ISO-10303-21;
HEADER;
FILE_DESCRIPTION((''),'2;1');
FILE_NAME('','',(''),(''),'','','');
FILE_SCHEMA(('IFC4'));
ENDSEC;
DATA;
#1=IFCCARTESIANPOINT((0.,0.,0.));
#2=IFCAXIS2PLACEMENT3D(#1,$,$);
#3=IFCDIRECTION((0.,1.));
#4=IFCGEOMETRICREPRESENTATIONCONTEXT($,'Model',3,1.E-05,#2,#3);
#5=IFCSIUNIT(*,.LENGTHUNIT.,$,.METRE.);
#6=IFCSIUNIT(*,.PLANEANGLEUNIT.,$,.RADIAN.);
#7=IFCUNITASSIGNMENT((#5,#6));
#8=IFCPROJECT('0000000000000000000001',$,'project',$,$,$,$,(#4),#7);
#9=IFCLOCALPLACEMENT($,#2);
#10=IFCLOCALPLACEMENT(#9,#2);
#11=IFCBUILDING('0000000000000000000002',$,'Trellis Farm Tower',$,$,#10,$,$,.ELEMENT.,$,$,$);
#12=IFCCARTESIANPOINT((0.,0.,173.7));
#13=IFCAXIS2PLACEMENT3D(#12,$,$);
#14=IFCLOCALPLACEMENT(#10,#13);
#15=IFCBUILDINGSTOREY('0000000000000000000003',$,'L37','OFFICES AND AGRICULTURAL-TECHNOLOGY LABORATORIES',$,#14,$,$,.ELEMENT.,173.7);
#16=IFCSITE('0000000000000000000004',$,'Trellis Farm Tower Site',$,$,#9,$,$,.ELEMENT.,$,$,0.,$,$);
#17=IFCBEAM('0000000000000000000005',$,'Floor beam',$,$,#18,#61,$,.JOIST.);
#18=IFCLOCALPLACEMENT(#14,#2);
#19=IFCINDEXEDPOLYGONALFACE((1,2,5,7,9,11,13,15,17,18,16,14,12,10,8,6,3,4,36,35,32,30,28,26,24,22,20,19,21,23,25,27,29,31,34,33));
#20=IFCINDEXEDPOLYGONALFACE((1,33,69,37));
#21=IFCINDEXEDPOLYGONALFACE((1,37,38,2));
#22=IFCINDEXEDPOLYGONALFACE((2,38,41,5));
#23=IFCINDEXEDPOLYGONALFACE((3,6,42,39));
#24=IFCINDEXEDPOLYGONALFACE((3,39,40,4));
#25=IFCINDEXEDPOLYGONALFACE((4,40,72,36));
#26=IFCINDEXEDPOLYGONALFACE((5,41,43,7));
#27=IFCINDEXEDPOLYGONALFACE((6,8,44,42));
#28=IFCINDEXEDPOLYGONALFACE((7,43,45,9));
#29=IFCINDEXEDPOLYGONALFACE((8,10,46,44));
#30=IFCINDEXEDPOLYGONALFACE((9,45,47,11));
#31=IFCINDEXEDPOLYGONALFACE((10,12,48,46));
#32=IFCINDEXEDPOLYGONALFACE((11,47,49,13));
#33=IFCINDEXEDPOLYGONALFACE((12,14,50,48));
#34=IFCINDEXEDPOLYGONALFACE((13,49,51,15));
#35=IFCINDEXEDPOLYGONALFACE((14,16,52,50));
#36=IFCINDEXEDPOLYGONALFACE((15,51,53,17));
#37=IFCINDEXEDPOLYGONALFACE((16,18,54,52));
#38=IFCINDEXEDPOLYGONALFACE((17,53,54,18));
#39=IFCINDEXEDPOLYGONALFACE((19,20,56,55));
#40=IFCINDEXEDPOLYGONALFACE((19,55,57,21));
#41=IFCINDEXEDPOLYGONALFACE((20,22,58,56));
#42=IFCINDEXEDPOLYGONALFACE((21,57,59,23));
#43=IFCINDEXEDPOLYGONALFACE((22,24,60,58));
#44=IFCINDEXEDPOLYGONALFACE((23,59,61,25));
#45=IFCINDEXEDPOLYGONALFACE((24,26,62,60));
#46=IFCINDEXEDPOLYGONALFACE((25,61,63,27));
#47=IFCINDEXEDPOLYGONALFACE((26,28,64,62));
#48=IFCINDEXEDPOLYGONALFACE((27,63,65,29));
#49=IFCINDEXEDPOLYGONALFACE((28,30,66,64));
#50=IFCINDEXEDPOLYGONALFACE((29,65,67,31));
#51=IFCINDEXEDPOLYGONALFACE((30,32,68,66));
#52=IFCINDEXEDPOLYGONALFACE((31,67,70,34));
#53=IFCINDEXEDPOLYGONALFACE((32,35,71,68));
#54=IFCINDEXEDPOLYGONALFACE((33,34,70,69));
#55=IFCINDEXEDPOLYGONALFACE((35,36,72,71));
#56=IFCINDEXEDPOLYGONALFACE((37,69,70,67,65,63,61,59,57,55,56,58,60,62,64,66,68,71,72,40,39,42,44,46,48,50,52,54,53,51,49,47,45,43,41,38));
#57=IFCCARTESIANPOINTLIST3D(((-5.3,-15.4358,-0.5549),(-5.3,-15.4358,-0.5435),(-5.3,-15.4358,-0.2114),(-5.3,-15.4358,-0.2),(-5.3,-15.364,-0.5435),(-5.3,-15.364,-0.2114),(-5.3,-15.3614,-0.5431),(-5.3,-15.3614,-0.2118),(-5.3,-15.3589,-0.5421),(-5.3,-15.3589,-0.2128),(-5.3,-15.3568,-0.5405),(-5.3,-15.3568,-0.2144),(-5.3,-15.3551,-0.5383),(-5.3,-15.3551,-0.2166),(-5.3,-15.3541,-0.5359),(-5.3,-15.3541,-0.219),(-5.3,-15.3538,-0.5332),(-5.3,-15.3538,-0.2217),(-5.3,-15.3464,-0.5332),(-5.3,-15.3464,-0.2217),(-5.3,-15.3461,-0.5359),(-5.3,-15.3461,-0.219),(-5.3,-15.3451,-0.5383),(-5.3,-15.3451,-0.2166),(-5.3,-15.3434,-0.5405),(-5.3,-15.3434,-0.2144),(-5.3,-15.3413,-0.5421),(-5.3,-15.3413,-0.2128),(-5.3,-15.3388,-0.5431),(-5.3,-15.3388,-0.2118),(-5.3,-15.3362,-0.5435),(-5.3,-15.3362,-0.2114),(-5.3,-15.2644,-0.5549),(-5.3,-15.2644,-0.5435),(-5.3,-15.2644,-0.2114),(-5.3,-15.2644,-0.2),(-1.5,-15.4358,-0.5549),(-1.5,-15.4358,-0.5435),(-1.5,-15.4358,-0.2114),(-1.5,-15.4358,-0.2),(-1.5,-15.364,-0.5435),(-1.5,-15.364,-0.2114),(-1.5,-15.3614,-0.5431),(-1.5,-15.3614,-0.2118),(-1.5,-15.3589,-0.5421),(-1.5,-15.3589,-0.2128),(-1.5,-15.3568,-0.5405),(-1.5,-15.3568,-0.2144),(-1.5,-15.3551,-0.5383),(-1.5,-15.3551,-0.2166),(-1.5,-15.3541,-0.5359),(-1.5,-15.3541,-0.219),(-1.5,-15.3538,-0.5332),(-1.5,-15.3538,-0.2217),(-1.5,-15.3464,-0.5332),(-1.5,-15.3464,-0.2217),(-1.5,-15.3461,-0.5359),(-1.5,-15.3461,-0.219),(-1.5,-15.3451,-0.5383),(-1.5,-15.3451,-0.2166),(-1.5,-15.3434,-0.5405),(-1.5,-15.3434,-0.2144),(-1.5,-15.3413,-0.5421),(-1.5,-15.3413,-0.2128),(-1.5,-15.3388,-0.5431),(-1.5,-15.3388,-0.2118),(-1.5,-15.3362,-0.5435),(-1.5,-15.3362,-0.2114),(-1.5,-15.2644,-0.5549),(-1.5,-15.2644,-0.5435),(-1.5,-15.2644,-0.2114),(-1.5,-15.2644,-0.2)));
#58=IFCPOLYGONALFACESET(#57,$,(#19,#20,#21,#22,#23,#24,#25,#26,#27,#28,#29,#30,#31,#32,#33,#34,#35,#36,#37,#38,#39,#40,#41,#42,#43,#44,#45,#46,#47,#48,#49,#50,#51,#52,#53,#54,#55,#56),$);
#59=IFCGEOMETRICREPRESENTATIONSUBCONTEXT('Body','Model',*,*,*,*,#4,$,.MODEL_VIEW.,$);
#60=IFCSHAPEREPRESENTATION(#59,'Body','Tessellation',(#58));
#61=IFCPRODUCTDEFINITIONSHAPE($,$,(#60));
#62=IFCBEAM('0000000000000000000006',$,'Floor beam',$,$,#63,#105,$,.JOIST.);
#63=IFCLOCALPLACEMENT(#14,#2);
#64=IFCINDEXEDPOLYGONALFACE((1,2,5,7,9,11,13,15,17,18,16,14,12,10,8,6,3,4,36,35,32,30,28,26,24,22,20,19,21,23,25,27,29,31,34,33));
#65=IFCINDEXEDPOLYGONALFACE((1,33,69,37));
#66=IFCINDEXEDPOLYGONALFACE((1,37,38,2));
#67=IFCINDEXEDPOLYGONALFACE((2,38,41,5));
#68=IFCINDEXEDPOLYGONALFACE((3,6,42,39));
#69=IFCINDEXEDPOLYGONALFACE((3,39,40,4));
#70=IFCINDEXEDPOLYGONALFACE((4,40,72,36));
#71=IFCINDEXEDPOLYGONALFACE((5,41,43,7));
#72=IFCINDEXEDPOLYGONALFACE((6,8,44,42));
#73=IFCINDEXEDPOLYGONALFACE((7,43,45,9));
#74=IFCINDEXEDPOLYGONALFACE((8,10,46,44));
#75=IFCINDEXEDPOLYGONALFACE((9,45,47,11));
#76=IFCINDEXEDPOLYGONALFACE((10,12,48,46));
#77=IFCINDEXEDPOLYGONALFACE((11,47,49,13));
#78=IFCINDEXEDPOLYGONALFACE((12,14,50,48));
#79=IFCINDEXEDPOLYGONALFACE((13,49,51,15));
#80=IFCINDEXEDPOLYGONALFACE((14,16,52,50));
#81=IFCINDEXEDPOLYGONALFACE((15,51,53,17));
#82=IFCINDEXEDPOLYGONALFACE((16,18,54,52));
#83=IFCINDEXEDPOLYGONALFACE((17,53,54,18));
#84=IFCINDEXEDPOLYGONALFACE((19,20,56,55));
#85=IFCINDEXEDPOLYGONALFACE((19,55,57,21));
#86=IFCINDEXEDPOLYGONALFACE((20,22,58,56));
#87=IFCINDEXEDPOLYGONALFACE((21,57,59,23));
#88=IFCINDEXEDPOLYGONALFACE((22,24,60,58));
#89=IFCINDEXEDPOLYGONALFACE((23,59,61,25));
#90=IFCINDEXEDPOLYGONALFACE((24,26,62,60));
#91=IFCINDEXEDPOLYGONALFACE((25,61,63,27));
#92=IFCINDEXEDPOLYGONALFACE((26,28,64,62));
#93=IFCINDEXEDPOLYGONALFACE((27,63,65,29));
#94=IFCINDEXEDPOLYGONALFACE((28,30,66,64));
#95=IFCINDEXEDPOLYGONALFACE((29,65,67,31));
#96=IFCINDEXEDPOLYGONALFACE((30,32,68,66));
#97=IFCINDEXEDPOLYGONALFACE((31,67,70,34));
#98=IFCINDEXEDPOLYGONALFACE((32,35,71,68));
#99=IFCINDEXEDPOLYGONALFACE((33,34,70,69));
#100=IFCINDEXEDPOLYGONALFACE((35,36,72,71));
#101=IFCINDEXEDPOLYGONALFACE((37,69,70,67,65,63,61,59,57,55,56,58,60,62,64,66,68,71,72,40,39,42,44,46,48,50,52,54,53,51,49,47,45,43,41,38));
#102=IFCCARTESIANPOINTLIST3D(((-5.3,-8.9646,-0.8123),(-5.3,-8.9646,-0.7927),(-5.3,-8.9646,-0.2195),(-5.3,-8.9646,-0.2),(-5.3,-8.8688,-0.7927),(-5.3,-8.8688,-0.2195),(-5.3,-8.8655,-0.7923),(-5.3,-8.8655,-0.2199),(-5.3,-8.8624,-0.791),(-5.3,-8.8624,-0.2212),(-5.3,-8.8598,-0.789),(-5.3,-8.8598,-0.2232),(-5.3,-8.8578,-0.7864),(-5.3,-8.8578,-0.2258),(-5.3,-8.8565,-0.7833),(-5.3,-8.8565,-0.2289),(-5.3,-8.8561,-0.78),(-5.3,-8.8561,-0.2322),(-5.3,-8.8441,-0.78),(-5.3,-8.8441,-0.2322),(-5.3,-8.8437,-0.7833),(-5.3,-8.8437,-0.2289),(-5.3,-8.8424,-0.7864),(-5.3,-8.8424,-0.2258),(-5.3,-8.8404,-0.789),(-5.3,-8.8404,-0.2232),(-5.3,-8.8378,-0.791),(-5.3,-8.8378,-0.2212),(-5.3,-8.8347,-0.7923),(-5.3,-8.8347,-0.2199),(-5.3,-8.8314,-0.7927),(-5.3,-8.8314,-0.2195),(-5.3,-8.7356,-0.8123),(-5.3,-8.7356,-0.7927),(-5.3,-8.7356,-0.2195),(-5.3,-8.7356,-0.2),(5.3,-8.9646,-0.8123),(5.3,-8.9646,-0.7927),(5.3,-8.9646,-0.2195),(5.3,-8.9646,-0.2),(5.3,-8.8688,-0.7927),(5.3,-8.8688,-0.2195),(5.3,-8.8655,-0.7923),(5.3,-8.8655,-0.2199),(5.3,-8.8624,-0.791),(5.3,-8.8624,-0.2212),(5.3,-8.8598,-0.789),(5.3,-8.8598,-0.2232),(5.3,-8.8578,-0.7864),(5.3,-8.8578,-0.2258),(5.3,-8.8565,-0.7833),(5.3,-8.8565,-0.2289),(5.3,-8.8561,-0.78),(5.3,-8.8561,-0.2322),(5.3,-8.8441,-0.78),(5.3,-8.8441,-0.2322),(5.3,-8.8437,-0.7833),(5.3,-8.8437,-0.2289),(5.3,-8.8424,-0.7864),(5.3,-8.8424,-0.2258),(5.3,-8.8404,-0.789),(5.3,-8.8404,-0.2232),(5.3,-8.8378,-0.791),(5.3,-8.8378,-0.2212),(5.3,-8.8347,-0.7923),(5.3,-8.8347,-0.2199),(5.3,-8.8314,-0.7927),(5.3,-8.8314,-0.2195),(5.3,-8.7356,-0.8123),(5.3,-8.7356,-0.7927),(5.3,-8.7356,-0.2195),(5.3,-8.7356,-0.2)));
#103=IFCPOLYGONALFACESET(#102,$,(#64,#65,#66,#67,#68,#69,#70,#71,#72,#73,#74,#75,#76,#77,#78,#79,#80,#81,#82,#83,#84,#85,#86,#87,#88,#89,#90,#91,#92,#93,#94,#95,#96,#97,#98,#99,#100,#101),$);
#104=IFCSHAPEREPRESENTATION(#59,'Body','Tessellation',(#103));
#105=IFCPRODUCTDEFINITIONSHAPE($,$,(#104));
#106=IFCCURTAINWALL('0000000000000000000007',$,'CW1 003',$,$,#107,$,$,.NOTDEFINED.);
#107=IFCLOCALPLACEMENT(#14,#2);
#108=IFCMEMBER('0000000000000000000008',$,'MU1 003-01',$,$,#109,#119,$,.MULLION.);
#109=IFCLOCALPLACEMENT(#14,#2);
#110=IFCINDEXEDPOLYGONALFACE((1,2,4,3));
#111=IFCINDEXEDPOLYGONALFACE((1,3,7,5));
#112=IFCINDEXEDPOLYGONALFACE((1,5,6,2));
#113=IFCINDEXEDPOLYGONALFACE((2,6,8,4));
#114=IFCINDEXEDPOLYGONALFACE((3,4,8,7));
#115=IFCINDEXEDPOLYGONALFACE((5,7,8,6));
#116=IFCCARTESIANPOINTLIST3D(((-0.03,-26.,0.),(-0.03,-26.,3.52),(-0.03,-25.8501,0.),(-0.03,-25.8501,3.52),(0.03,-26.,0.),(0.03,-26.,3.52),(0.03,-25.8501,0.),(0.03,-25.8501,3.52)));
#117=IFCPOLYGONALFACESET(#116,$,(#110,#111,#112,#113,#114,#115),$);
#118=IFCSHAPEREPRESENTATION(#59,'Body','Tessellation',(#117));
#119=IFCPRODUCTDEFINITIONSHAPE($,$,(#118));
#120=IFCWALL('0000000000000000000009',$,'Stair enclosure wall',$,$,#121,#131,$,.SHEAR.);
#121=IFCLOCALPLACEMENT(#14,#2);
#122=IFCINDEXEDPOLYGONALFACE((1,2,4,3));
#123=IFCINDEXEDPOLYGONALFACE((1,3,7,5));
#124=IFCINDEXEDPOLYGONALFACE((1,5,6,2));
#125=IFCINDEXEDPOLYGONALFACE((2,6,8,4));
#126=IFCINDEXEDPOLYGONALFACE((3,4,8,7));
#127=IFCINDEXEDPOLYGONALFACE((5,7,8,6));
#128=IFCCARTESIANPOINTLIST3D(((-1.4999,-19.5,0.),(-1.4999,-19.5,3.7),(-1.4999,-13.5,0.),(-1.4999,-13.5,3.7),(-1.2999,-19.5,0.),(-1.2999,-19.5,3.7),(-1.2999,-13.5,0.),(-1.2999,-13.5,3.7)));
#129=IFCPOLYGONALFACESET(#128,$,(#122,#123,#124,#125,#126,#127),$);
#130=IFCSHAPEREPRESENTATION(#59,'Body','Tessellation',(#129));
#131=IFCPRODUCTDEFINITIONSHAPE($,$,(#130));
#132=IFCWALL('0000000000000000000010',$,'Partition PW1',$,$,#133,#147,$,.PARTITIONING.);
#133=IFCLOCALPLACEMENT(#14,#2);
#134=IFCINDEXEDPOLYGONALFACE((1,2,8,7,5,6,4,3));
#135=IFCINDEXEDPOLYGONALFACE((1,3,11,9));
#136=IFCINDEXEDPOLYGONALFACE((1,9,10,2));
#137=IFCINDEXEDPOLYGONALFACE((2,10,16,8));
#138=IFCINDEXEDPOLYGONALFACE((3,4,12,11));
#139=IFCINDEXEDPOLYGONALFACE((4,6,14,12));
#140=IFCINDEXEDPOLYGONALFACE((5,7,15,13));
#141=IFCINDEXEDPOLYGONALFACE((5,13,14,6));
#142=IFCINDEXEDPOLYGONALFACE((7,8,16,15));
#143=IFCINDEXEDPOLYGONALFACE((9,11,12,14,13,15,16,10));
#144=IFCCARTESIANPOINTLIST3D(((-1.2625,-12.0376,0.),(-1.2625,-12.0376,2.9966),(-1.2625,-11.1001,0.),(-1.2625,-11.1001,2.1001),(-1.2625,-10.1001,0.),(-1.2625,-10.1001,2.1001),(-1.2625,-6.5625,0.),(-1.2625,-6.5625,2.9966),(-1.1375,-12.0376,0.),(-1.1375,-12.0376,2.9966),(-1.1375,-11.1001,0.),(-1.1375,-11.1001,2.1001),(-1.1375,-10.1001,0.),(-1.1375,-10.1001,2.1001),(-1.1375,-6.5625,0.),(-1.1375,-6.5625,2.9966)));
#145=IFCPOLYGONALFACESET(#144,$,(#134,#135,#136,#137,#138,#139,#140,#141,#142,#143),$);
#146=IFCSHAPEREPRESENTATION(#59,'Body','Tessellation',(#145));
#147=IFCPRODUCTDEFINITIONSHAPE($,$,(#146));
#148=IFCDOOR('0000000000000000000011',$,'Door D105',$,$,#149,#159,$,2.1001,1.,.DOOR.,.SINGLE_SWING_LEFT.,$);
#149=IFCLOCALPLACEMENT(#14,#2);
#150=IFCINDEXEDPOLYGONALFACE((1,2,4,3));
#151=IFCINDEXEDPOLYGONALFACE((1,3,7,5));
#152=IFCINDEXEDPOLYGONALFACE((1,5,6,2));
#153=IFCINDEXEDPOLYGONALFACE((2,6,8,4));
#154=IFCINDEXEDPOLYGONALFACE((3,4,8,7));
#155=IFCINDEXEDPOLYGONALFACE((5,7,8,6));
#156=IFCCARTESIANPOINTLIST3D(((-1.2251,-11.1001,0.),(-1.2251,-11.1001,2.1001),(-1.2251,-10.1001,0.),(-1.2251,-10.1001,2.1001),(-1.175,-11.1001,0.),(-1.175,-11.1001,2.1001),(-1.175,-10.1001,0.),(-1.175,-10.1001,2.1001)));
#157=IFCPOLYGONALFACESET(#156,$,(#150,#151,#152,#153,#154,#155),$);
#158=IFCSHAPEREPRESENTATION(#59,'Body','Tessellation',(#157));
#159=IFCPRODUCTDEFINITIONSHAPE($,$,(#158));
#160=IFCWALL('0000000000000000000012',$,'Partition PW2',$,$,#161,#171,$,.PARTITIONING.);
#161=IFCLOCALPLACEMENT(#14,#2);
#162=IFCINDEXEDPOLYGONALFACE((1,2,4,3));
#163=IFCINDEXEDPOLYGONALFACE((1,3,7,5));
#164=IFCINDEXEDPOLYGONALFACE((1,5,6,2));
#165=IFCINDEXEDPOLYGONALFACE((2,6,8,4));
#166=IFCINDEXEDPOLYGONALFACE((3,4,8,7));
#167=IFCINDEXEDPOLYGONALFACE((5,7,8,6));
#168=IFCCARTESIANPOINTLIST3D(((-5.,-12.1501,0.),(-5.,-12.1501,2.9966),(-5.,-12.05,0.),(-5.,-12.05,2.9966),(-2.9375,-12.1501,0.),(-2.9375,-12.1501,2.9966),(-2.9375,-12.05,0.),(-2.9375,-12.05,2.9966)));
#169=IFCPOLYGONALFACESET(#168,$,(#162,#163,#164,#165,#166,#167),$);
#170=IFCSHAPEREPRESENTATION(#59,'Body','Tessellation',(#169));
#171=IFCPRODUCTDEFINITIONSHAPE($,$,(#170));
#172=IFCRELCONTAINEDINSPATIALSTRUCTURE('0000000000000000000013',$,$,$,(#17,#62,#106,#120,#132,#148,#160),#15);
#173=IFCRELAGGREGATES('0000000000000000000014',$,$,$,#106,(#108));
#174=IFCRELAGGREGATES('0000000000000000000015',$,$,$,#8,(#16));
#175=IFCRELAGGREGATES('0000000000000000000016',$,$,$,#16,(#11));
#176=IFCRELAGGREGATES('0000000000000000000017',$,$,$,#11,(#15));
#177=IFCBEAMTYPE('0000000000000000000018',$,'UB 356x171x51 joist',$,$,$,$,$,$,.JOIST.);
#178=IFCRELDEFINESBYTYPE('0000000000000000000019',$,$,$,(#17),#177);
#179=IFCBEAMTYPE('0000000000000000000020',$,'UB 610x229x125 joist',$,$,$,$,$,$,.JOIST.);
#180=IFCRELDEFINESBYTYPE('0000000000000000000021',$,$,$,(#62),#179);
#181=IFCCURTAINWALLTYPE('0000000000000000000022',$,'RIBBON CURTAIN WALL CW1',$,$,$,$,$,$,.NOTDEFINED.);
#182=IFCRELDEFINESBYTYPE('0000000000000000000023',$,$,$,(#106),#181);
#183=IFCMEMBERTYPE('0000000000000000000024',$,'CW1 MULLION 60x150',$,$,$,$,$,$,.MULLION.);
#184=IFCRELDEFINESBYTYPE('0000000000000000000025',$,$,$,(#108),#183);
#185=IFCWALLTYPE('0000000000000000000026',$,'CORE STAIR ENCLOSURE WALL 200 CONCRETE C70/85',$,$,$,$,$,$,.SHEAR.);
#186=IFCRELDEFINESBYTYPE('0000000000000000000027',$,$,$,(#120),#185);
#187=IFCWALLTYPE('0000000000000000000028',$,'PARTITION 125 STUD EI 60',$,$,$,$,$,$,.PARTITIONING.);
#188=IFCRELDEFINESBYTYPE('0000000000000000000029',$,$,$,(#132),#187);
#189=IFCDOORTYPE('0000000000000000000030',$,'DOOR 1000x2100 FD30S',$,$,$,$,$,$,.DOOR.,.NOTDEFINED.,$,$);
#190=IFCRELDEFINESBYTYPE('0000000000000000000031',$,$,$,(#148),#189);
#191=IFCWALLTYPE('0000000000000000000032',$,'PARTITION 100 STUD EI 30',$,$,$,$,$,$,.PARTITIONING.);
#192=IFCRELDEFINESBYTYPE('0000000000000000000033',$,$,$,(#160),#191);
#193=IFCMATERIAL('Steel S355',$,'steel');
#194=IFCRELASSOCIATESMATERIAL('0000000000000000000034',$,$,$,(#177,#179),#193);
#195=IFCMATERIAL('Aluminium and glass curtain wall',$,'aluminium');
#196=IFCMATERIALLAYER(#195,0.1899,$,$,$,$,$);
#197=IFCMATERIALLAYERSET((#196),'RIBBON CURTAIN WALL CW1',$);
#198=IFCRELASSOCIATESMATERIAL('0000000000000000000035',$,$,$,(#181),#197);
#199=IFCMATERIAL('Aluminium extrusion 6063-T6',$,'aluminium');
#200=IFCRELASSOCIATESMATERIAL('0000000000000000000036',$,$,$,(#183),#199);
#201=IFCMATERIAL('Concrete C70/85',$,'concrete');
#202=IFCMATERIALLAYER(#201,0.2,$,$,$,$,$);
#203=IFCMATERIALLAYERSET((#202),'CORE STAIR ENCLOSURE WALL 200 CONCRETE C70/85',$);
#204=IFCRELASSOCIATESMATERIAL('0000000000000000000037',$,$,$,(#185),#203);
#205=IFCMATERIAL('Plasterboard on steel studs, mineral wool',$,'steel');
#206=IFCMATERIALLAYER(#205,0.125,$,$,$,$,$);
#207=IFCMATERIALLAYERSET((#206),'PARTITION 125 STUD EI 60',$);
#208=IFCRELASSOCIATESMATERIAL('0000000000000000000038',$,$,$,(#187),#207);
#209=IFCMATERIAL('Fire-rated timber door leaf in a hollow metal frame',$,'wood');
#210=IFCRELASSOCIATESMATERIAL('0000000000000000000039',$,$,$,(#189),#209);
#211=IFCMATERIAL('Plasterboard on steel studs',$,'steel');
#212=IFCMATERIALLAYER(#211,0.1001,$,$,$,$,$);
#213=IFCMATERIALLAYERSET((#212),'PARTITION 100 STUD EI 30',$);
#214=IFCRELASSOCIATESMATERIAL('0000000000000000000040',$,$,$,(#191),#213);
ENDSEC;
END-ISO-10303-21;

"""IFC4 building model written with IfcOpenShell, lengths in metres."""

from ifc_helpers import new_model, si_unit, direction, frame, frame_2d, origin, origin_2d, place, context, subcontext, project, spatial, rectangle, i_section, extrude, source, transform, mapped, material, layer, layer_set, material_profile, profile_set, type_object, element, fill, aggregate, save


model = new_model("IFC4")

# Units and contexts
model_context = context("Model", 3, precision=1e-05, world=origin(), true_north=direction((0.0, 1.0)))
body_context = subcontext(model_context, "Body", "Model", "MODEL_VIEW")
ifc_project = project(units=[si_unit("LENGTHUNIT", "METRE"), si_unit("PLANEANGLEUNIT", "RADIAN")], contexts=[model_context])

# Site, building, storey
site_placement = place(None, origin())
site = spatial("IfcSite", under=ifc_project, at=site_placement, Name="Trellis Farm Tower Site", CompositionType="ELEMENT", RefElevation=0.0)
building_placement = place(site_placement, origin())
building = spatial("IfcBuilding", under=site, at=building_placement, Name="Trellis Farm Tower", CompositionType="ELEMENT")
storey_placement = place(building_placement, frame((0.0, 0.0, 173.7)))
storey = spatial("IfcBuildingStorey", under=building, at=storey_placement, Name="L37", Description="OFFICES AND AGRICULTURAL-TECHNOLOGY LABORATORIES", CompositionType="ELEMENT", Elevation=173.7)

# Shared definitions
ifc_material_1 = material(Name="Concrete C70/85", Category="concrete")

# Beams
ifc_material_2 = material(Name="Steel S355", Category="steel")
ifc_material_profile_1 = material_profile(ifc_material_2, i_section(OverallWidth=0.1714, OverallDepth=0.355, WebThickness=0.0073, FlangeThickness=0.0115, FilletRadius=0.0103, at=origin_2d()), Name="UB 356x171x51")
ifc_profile_set_1 = profile_set([ifc_material_profile_1], Name="Steel S355")
beam_type_1 = type_object("IfcBeamType", Name="UB 356x171x51 joist", PredefinedType="JOIST", material=ifc_profile_set_1)
shared_shape_1 = source(origin(), body_context, "Body", "SweptSolid", [
    extrude(i_section(OverallWidth=0.1714, OverallDepth=0.355, WebThickness=0.0073, FlangeThickness=0.0115, FilletRadius=0.0103, at=origin_2d()), origin(), (0.0, 0.0, 1.0), 3.8),
])
beam_1_placement = place(storey_placement, frame((-5.3, -15.3501, -0.3774), z_axis=(1.0, 0.0, 0.0), x_axis=(0.0, 1.0, 0.0)))
element("IfcBeam", 1, at=beam_1_placement, inside=storey, type_object=beam_type_1, Name="Floor beam", PredefinedType="JOIST", context=body_context, shape_type="MappedRepresentation", body=[
    mapped(shared_shape_1, transform((0.0, 0.0, 0.0))),
])
ifc_material_profile_2 = material_profile(ifc_material_2, i_section(OverallWidth=0.229, OverallDepth=0.6123, WebThickness=0.012, FlangeThickness=0.0195, FilletRadius=0.0127, at=origin_2d()), Name="UB 610x229x125")
ifc_profile_set_2 = profile_set([ifc_material_profile_2], Name="Steel S355")
beam_type_2 = type_object("IfcBeamType", Name="UB 610x229x125 joist", PredefinedType="JOIST", material=ifc_profile_set_2)
shared_shape_2 = source(origin(), body_context, "Body", "SweptSolid", [
    extrude(i_section(OverallWidth=0.229, OverallDepth=0.6123, WebThickness=0.012, FlangeThickness=0.0195, FilletRadius=0.0127, at=origin_2d()), origin(), (0.0, 0.0, 1.0), 10.6001),
])
beam_2_placement = place(storey_placement, frame((-5.3, -8.8501, -0.5061), z_axis=(1.0, 0.0, 0.0), x_axis=(0.0, 1.0, 0.0)))
element("IfcBeam", 2, at=beam_2_placement, inside=storey, type_object=beam_type_2, Name="Floor beam", PredefinedType="JOIST", context=body_context, shape_type="MappedRepresentation", body=[
    mapped(shared_shape_2, transform((0.0, 0.0, 0.0))),
])

# Curtain wall, member
ifc_material_3 = material(Name="Aluminium and glass curtain wall", Category="aluminium")
ifc_layer_1 = layer(ifc_material_3, 0.1899)
ifc_layer_set_1 = layer_set([ifc_layer_1], Name="RIBBON CURTAIN WALL CW1")
curtain_wall_type = type_object("IfcCurtainWallType", Name="RIBBON CURTAIN WALL CW1", PredefinedType="NOTDEFINED", material=ifc_layer_set_1)
placement = place(storey_placement, origin())
curtain_wall = element("IfcCurtainWall", 3, at=placement, inside=storey, type_object=curtain_wall_type, Name="CW1 003", PredefinedType="NOTDEFINED")
ifc_material_4 = material(Name="Aluminium extrusion 6063-T6", Category="aluminium")
ifc_material_profile_3 = material_profile(ifc_material_4, rectangle(XDim=0.0601, YDim=0.1499, at=origin_2d()), Name="MULLION 60x150")
ifc_profile_set_3 = profile_set([ifc_material_profile_3], Name="Aluminium extrusion 6063-T6")
member_type = type_object("IfcMemberType", Name="CW1 MULLION 60x150", PredefinedType="MULLION", material=ifc_profile_set_3)
shared_shape_3 = source(origin(), body_context, "Body", "SweptSolid", [
    extrude(rectangle(XDim=0.0601, YDim=0.1499, at=origin_2d()), origin(), (0.0, 0.0, 1.0), 3.52),
])
member_placement = place(storey_placement, frame((0.0, -25.925, 0.0), z_axis=(0.0, 0.0, 1.0), x_axis=(1.0, 0.0, 0.0)))
member = element("IfcMember", 4, at=member_placement, type_object=member_type, Name="MU1 003-01", PredefinedType="MULLION", context=body_context, shape_type="MappedRepresentation", body=[
    mapped(shared_shape_3, transform((0.0, 0.0, 0.0))),
])
aggregate(curtain_wall, [member])

# Wall
ifc_layer_2 = layer(ifc_material_1, 0.2)
ifc_layer_set_2 = layer_set([ifc_layer_2], Name="CORE STAIR ENCLOSURE WALL 200 CONCRETE C70/85")
wall_type_1 = type_object("IfcWallType", Name="CORE STAIR ENCLOSURE WALL 200 CONCRETE C70/85", PredefinedType="SHEAR", material=ifc_layer_set_2)
shared_shape_4 = source(origin(), body_context, "Body", "SweptSolid", [
    extrude(rectangle(XDim=6.0, YDim=0.2, at=frame_2d((3.0, 0.0))), origin(), (0.0, 0.0, 1.0), 3.7),
])
wall_1_placement = place(storey_placement, frame((-1.3999, -13.5, 0.0), z_axis=(0.0, 0.0, 1.0), x_axis=(0.0, -1.0, 0.0)))
element("IfcWall", 5, at=wall_1_placement, inside=storey, type_object=wall_type_1, Name="Stair enclosure wall", PredefinedType="SHEAR", context=body_context, shape_type="MappedRepresentation", body=[
    mapped(shared_shape_4, transform((0.0, 0.0, 0.0))),
])

# Wall, opening, door
ifc_material_5 = material(Name="Plasterboard on steel studs, mineral wool", Category="steel")
ifc_layer_3 = layer(ifc_material_5, 0.125)
ifc_layer_set_3 = layer_set([ifc_layer_3], Name="PARTITION 125 STUD EI 60")
wall_type_2 = type_object("IfcWallType", Name="PARTITION 125 STUD EI 60", PredefinedType="PARTITIONING", material=ifc_layer_set_3)
shared_shape_5 = source(origin(), body_context, "Body", "SweptSolid", [
    extrude(rectangle(XDim=5.4751, YDim=0.125, at=frame_2d((2.7375, 0.0))), origin(), (0.0, 0.0, 1.0), 2.9966),
])
wall_2_placement = place(storey_placement, frame((-1.2, -6.5625, 0.0), z_axis=(0.0, 0.0, 1.0), x_axis=(0.0, -1.0, 0.0)))
wall_2 = element("IfcWall", 6, at=wall_2_placement, inside=storey, type_object=wall_type_2, Name="Partition PW1", PredefinedType="PARTITIONING", context=body_context, shape_type="MappedRepresentation", body=[
    mapped(shared_shape_5, transform((0.0, 0.0, 0.0))),
])
shared_shape_6 = source(origin(), body_context, "Body", "SweptSolid", [
    extrude(rectangle(XDim=1.0, YDim=2.1001, at=frame_2d((0.5, 1.05))), frame((0.0, 0.0725, 0.0), z_axis=(0.0, -1.0, 0.0), x_axis=(1.0, 0.0, 0.0)), (0.0, 0.0, 1.0), 0.145),
])
opening_1_placement = place(wall_2_placement, frame((3.5376, 0.0, 0.0)))
opening_1 = element("IfcOpeningElement", 7, at=opening_1_placement, cuts=wall_2, PredefinedType="OPENING", context=body_context, shape_type="MappedRepresentation", body=[
    mapped(shared_shape_6, transform((0.0, 0.0, 0.0))),
])
ifc_material_6 = material(Name="Fire-rated timber door leaf in a hollow metal frame", Category="wood")
door_type = type_object("IfcDoorType", Name="DOOR 1000x2100 FD30S", OperationType="NOTDEFINED", PredefinedType="DOOR", material=ifc_material_6)
shared_shape_7 = source(origin(), body_context, "Body", "SweptSolid", [
    extrude(rectangle(XDim=1.0, YDim=2.1001, at=frame_2d((0.5, 1.05))), frame((0.0, 0.0249, 0.0), z_axis=(0.0, -1.0, 0.0), x_axis=(1.0, 0.0, 0.0)), (0.0, 0.0, 1.0), 0.05),
])
door_1_placement = place(opening_1_placement, origin())
door_1 = element("IfcDoor", 8, at=door_1_placement, inside=storey, type_object=door_type, Name="Door D105", OperationType="SINGLE_SWING_LEFT", OverallHeight=2.1001, OverallWidth=1.0, PredefinedType="DOOR", context=body_context, shape_type="MappedRepresentation", body=[
    mapped(shared_shape_7, transform((0.0, 0.0, 0.0))),
])
fill(opening_1, door_1)

# Wall
ifc_material_7 = material(Name="Plasterboard on steel studs", Category="steel")
ifc_layer_4 = layer(ifc_material_7, 0.1001)
ifc_layer_set_4 = layer_set([ifc_layer_4], Name="PARTITION 100 STUD EI 30")
wall_type_3 = type_object("IfcWallType", Name="PARTITION 100 STUD EI 30", PredefinedType="PARTITIONING", material=ifc_layer_set_4)
shared_shape_8 = source(origin(), body_context, "Body", "SweptSolid", [
    extrude(rectangle(XDim=2.0625, YDim=0.1001, at=frame_2d((1.0312, 0.0))), origin(), (0.0, 0.0, 1.0), 2.9966),
])
wall_3_placement = place(storey_placement, frame((-5.0, -12.1001, 0.0), z_axis=(0.0, 0.0, 1.0), x_axis=(1.0, 0.0, 0.0)))
element("IfcWall", 9, at=wall_3_placement, inside=storey, type_object=wall_type_3, Name="Partition PW2", PredefinedType="PARTITIONING", context=body_context, shape_type="MappedRepresentation", body=[
    mapped(shared_shape_8, transform((0.0, 0.0, 0.0))),
])

save(model, "model.ifc")
